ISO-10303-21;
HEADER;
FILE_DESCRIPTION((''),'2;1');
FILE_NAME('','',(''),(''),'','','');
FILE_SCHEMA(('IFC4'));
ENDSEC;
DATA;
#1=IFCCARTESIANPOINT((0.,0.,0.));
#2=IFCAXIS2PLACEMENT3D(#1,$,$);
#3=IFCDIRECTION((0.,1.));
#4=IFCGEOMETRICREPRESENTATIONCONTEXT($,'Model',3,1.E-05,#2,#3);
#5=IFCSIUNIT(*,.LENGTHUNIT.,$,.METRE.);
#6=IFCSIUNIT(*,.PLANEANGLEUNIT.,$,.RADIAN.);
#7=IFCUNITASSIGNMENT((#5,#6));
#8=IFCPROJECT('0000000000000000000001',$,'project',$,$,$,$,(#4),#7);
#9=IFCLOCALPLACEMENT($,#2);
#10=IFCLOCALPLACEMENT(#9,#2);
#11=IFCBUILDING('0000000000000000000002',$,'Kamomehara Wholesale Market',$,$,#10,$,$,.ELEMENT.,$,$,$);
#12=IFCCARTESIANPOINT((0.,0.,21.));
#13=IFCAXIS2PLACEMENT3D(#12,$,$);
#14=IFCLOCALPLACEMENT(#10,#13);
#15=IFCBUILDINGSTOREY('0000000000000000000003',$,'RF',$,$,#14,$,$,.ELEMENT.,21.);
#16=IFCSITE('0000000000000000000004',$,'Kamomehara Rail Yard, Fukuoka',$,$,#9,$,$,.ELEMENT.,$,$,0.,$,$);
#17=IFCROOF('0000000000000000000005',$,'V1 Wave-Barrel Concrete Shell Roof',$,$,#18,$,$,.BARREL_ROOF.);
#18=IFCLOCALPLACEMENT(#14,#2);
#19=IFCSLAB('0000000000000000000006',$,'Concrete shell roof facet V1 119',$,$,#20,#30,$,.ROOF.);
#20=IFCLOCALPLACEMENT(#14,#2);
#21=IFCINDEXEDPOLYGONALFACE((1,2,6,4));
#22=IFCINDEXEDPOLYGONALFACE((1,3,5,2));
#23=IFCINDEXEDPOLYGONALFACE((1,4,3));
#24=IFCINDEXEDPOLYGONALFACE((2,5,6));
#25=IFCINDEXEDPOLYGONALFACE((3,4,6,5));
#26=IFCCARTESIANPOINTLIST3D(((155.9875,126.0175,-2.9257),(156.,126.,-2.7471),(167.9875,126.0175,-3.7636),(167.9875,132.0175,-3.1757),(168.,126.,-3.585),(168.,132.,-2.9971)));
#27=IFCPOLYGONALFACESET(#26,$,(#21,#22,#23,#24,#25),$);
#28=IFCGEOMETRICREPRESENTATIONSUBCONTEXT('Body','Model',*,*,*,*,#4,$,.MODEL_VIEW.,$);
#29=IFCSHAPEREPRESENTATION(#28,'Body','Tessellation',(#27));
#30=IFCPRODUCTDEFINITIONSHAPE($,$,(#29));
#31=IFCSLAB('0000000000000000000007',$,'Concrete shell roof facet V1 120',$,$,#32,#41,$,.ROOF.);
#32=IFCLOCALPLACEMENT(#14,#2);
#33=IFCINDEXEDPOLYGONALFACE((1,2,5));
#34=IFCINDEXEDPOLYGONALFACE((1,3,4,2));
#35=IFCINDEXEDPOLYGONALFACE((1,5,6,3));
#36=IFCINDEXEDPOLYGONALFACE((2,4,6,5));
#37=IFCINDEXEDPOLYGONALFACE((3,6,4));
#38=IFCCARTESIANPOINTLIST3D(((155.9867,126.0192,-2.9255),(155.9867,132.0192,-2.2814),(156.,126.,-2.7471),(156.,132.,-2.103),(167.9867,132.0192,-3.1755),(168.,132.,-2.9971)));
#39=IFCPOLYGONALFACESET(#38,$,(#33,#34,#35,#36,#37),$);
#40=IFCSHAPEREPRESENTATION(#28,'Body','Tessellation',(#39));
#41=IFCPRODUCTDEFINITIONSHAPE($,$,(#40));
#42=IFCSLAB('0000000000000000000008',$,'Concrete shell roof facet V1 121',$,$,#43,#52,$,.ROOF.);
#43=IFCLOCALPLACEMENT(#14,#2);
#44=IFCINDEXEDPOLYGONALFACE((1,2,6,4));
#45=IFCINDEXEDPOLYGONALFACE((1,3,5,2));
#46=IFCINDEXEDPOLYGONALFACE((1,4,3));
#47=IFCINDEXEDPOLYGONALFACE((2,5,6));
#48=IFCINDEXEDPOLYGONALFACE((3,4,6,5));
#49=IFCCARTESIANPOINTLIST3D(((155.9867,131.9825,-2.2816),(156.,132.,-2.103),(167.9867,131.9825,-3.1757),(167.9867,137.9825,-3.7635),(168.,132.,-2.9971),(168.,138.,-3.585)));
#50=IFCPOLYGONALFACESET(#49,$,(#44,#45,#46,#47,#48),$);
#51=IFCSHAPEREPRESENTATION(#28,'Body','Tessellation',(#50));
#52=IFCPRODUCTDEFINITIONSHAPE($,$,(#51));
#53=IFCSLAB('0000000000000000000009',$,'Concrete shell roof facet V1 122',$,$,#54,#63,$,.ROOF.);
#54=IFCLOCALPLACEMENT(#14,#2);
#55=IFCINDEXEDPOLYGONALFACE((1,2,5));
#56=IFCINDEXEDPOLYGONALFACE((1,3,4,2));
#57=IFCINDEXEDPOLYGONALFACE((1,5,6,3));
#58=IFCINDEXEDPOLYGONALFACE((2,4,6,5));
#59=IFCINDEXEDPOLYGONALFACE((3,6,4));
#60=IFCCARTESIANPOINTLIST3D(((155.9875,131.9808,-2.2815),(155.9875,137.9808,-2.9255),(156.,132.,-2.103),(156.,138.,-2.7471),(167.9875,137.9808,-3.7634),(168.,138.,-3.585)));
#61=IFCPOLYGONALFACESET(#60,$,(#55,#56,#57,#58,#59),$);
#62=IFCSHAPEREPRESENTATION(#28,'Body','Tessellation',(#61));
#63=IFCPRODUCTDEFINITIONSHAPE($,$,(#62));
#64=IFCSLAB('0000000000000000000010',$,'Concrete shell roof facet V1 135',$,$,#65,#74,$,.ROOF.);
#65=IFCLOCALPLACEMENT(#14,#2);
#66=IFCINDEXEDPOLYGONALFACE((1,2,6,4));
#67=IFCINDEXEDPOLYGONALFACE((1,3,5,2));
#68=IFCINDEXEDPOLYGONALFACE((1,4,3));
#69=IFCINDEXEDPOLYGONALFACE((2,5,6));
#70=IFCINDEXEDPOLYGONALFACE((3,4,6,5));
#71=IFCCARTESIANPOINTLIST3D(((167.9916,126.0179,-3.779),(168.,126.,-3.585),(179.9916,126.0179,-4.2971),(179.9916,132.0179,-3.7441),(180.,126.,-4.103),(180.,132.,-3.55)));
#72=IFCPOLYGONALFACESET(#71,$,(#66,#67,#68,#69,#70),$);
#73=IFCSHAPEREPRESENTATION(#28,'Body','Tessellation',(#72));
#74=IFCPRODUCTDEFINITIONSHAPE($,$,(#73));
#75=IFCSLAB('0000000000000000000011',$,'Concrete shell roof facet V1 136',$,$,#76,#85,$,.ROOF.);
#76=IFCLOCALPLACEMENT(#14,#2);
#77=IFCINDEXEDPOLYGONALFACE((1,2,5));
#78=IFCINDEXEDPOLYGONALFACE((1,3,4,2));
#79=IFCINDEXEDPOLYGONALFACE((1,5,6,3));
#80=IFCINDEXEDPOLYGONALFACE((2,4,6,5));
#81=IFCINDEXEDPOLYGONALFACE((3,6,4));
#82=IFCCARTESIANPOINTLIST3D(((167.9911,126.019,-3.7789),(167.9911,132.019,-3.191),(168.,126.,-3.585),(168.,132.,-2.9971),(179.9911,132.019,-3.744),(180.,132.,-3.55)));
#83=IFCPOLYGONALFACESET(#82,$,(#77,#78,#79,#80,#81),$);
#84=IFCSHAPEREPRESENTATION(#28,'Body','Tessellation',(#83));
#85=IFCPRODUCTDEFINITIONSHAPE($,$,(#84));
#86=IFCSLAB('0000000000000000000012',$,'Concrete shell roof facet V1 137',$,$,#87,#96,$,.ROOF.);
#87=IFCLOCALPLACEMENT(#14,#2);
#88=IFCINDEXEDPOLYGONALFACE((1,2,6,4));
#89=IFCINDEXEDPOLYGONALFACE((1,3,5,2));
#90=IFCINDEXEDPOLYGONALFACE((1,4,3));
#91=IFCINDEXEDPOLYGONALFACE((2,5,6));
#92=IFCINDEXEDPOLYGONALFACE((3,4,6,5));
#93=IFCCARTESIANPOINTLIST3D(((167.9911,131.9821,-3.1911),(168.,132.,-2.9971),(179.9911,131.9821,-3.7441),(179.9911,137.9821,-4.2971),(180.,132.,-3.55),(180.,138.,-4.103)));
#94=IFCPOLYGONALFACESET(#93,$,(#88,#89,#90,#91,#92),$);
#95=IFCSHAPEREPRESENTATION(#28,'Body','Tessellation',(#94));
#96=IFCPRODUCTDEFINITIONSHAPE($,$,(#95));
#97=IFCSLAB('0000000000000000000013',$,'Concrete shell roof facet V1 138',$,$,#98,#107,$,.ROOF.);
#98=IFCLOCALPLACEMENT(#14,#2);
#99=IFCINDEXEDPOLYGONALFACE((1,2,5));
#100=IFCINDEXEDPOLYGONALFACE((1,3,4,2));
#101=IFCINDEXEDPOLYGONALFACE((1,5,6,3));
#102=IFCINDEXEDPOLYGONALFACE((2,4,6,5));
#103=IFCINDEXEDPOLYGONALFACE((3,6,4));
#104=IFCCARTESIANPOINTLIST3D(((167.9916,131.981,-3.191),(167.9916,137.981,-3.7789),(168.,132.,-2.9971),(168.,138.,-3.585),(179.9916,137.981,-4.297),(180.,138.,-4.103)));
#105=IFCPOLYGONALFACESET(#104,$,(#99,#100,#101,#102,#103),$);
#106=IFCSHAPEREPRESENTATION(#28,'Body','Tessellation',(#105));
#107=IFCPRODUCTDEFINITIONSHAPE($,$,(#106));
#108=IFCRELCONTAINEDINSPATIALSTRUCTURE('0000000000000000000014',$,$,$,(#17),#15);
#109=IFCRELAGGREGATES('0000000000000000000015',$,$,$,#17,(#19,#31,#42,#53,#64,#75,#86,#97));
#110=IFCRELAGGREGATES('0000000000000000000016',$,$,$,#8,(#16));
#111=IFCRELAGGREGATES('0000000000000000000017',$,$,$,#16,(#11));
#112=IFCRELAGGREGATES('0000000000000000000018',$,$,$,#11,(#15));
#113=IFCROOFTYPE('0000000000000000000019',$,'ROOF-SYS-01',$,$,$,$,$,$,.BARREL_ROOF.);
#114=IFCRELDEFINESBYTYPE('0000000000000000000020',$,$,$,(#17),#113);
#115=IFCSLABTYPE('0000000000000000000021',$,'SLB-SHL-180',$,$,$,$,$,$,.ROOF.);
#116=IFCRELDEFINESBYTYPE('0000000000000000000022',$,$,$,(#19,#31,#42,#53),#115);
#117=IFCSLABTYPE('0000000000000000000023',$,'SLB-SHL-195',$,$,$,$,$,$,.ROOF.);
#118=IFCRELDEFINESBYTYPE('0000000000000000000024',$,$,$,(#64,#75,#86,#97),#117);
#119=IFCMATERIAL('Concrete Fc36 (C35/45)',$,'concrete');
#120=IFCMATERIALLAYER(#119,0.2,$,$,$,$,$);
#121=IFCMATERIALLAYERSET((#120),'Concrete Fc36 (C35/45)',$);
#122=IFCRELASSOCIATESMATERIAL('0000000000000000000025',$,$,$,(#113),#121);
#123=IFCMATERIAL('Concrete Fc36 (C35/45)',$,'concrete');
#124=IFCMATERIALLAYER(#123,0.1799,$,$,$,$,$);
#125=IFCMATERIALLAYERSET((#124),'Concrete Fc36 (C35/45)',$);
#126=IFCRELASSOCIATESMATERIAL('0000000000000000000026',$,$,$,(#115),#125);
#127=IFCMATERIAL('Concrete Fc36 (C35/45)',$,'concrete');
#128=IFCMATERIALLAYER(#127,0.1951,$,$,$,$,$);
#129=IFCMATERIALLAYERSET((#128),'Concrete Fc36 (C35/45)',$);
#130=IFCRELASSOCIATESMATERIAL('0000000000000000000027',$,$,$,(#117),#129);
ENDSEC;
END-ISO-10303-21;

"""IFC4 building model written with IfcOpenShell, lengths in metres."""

from ifc_helpers import new_model, si_unit, direction, frame, origin, place, context, subcontext, project, spatial, polyline, outline, extrude, material, layer, layer_set, type_object, element, aggregate, save


model = new_model("IFC4")

# Units and contexts
model_context = context("Model", 3, precision=1e-05, world=origin(), true_north=direction((0.0, 1.0)))
body_context = subcontext(model_context, "Body", "Model", "MODEL_VIEW")
ifc_project = project(units=[si_unit("LENGTHUNIT", "METRE"), si_unit("PLANEANGLEUNIT", "RADIAN")], contexts=[model_context])

# Site, building, storey
site_placement = place(None, origin())
site = spatial("IfcSite", under=ifc_project, at=site_placement, Name="Kamomehara Rail Yard, Fukuoka", CompositionType="ELEMENT", RefElevation=0.0)
building_placement = place(site_placement, origin())
building = spatial("IfcBuilding", under=site, at=building_placement, Name="Kamomehara Wholesale Market", CompositionType="ELEMENT")
storey_placement = place(building_placement, frame((0.0, 0.0, 21.0)))
storey = spatial("IfcBuildingStorey", under=building, at=storey_placement, Name="RF", CompositionType="ELEMENT", Elevation=21.0)

# Roof, slabs
ifc_material_1 = material(Name="Concrete Fc36 (C35/45)", Category="concrete")
ifc_layer_1 = layer(ifc_material_1, 0.2)
ifc_layer_set_1 = layer_set([ifc_layer_1], Name="Concrete Fc36 (C35/45)")
roof_type = type_object("IfcRoofType", Name="ROOF-SYS-01", PredefinedType="BARREL_ROOF", material=ifc_layer_set_1)
roof_placement = place(storey_placement, origin())
roof = element("IfcRoof", 1, at=roof_placement, inside=storey, type_object=roof_type, Name="V1 Wave-Barrel Concrete Shell Roof", PredefinedType="BARREL_ROOF")
ifc_material_2 = material(Name="Concrete Fc36 (C35/45)", Category="concrete")
ifc_layer_2 = layer(ifc_material_2, 0.1799)
ifc_layer_set_2 = layer_set([ifc_layer_2], Name="Concrete Fc36 (C35/45)")
slab_type_1 = type_object("IfcSlabType", Name="SLB-SHL-180", PredefinedType="ROOF", material=ifc_layer_set_2)
slab_1_placement = place(storey_placement, frame((156.0, 126.0, -2.7471), z_axis=(0.069324, -0.09728, 0.99284), x_axis=(0.997571, 0.0, -0.069655)))
slab_1 = element("IfcSlab", 2, at=slab_1_placement, type_object=slab_type_1, Name="Concrete shell roof facet V1 119", PredefinedType="ROOF", context=body_context, shape_type="SweptSolid", body=[
    extrude(outline(polyline([(0.0, 0.0), (12.0292, 0.0), (11.9883, 6.0286), (0.0, 0.0)])), origin(), (0.0, 0.0, -1.0), 0.1799),
])
slab_2_placement = place(storey_placement, frame((156.0, 126.0, -2.7471), z_axis=(0.073876, -0.106436, 0.991571), x_axis=(0.894272, 0.447136, -0.018631)))
slab_2 = element("IfcSlab", 3, at=slab_2_placement, type_object=slab_type_1, Name="Concrete shell roof facet V1 120", PredefinedType="ROOF", context=body_context, shape_type="SweptSolid", body=[
    extrude(outline(polyline([(0.0, 0.0), (13.4187, 0.0), (2.6708, 5.4112), (0.0, 0.0)])), origin(), (0.0, 0.0, -1.0), 0.1799),
])
slab_3_placement = place(storey_placement, frame((156.0, 132.0, -2.103), z_axis=(0.073946, 0.097248, 0.992509), x_axis=(0.997236, 0.0, -0.074298)))
slab_3 = element("IfcSlab", 4, at=slab_3_placement, type_object=slab_type_1, Name="Concrete shell roof facet V1 121", PredefinedType="ROOF", context=body_context, shape_type="SweptSolid", body=[
    extrude(outline(polyline([(0.0, 0.0), (12.0333, 0.0), (12.0769, 6.0286), (0.0, 0.0)])), origin(), (0.0, 0.0, -1.0), 0.1799),
])
slab_4_placement = place(storey_placement, frame((156.0, 132.0, -2.103), z_axis=(0.069259, 0.106471, 0.991901), x_axis=(0.88902, 0.44451, -0.109789)))
slab_4 = element("IfcSlab", 5, at=slab_4_placement, type_object=slab_type_1, Name="Concrete shell roof facet V1 122", PredefinedType="ROOF", context=body_context, shape_type="SweptSolid", body=[
    extrude(outline(polyline([(0.0, 0.0), (13.498, 0.0), (2.7378, 5.3777), (0.0, 0.0)])), origin(), (0.0, 0.0, -1.0), 0.1799),
])
ifc_material_3 = material(Name="Concrete Fc36 (C35/45)", Category="concrete")
ifc_layer_3 = layer(ifc_material_3, 0.1951)
ifc_layer_set_3 = layer_set([ifc_layer_3], Name="Concrete Fc36 (C35/45)")
slab_type_2 = type_object("IfcSlabType", Name="SLB-SHL-195", PredefinedType="ROOF", material=ifc_layer_set_3)
slab_5_placement = place(storey_placement, frame((168.0, 126.0, -3.585), z_axis=(0.04295, -0.091689, 0.994861), x_axis=(0.999069, 0.0, -0.043132)))
slab_5 = element("IfcSlab", 6, at=slab_5_placement, type_object=slab_type_2, Name="Concrete shell roof facet V1 135", PredefinedType="ROOF", context=body_context, shape_type="SweptSolid", body=[
    extrude(outline(polyline([(0.0, 0.0), (12.0112, 0.0), (11.9873, 6.0254), (0.0, 0.0)])), origin(), (0.0, 0.0, -1.0), 0.1951),
])
slab_6_placement = place(storey_placement, frame((168.0, 126.0, -3.585), z_axis=(0.045814, -0.097412, 0.994189), x_axis=(0.894424, 0.447212, 0.002602)))
slab_6 = element("IfcSlab", 7, at=slab_6_placement, type_object=slab_type_2, Name="Concrete shell roof facet V1 136", PredefinedType="ROOF", context=body_context, shape_type="SweptSolid", body=[
    extrude(outline(polyline([(0.0, 0.0), (13.4165, 0.0), (2.6848, 5.3979), (0.0, 0.0)])), origin(), (0.0, 0.0, -1.0), 0.1951),
])
slab_7_placement = place(storey_placement, frame((168.0, 132.0, -2.9971), z_axis=(0.045839, 0.091678, 0.994733), x_axis=(0.99894, 0.0, -0.046033)))
slab_7 = element("IfcSlab", 8, at=slab_7_placement, type_object=slab_type_2, Name="Concrete shell roof facet V1 137", PredefinedType="ROOF", context=body_context, shape_type="SweptSolid", body=[
    extrude(outline(polyline([(0.0, 0.0), (12.0127, 0.0), (12.0382, 6.0254), (0.0, 0.0)])), origin(), (0.0, 0.0, -1.0), 0.1951),
])
slab_8_placement = place(storey_placement, frame((168.0, 132.0, -2.9971), z_axis=(0.042927, 0.097425, 0.994317), x_axis=(0.891404, 0.445702, -0.082155)))
slab_8 = element("IfcSlab", 9, at=slab_8_placement, type_object=slab_type_2, Name="Concrete shell roof facet V1 138", PredefinedType="ROOF", context=body_context, shape_type="SweptSolid", body=[
    extrude(outline(polyline([(0.0, 0.0), (13.4619, 0.0), (2.7225, 5.379), (0.0, 0.0)])), origin(), (0.0, 0.0, -1.0), 0.1951),
])
aggregate(roof, [slab_1, slab_2, slab_3, slab_4, slab_5, slab_6, slab_7, slab_8])

save(model, "model.ifc")
